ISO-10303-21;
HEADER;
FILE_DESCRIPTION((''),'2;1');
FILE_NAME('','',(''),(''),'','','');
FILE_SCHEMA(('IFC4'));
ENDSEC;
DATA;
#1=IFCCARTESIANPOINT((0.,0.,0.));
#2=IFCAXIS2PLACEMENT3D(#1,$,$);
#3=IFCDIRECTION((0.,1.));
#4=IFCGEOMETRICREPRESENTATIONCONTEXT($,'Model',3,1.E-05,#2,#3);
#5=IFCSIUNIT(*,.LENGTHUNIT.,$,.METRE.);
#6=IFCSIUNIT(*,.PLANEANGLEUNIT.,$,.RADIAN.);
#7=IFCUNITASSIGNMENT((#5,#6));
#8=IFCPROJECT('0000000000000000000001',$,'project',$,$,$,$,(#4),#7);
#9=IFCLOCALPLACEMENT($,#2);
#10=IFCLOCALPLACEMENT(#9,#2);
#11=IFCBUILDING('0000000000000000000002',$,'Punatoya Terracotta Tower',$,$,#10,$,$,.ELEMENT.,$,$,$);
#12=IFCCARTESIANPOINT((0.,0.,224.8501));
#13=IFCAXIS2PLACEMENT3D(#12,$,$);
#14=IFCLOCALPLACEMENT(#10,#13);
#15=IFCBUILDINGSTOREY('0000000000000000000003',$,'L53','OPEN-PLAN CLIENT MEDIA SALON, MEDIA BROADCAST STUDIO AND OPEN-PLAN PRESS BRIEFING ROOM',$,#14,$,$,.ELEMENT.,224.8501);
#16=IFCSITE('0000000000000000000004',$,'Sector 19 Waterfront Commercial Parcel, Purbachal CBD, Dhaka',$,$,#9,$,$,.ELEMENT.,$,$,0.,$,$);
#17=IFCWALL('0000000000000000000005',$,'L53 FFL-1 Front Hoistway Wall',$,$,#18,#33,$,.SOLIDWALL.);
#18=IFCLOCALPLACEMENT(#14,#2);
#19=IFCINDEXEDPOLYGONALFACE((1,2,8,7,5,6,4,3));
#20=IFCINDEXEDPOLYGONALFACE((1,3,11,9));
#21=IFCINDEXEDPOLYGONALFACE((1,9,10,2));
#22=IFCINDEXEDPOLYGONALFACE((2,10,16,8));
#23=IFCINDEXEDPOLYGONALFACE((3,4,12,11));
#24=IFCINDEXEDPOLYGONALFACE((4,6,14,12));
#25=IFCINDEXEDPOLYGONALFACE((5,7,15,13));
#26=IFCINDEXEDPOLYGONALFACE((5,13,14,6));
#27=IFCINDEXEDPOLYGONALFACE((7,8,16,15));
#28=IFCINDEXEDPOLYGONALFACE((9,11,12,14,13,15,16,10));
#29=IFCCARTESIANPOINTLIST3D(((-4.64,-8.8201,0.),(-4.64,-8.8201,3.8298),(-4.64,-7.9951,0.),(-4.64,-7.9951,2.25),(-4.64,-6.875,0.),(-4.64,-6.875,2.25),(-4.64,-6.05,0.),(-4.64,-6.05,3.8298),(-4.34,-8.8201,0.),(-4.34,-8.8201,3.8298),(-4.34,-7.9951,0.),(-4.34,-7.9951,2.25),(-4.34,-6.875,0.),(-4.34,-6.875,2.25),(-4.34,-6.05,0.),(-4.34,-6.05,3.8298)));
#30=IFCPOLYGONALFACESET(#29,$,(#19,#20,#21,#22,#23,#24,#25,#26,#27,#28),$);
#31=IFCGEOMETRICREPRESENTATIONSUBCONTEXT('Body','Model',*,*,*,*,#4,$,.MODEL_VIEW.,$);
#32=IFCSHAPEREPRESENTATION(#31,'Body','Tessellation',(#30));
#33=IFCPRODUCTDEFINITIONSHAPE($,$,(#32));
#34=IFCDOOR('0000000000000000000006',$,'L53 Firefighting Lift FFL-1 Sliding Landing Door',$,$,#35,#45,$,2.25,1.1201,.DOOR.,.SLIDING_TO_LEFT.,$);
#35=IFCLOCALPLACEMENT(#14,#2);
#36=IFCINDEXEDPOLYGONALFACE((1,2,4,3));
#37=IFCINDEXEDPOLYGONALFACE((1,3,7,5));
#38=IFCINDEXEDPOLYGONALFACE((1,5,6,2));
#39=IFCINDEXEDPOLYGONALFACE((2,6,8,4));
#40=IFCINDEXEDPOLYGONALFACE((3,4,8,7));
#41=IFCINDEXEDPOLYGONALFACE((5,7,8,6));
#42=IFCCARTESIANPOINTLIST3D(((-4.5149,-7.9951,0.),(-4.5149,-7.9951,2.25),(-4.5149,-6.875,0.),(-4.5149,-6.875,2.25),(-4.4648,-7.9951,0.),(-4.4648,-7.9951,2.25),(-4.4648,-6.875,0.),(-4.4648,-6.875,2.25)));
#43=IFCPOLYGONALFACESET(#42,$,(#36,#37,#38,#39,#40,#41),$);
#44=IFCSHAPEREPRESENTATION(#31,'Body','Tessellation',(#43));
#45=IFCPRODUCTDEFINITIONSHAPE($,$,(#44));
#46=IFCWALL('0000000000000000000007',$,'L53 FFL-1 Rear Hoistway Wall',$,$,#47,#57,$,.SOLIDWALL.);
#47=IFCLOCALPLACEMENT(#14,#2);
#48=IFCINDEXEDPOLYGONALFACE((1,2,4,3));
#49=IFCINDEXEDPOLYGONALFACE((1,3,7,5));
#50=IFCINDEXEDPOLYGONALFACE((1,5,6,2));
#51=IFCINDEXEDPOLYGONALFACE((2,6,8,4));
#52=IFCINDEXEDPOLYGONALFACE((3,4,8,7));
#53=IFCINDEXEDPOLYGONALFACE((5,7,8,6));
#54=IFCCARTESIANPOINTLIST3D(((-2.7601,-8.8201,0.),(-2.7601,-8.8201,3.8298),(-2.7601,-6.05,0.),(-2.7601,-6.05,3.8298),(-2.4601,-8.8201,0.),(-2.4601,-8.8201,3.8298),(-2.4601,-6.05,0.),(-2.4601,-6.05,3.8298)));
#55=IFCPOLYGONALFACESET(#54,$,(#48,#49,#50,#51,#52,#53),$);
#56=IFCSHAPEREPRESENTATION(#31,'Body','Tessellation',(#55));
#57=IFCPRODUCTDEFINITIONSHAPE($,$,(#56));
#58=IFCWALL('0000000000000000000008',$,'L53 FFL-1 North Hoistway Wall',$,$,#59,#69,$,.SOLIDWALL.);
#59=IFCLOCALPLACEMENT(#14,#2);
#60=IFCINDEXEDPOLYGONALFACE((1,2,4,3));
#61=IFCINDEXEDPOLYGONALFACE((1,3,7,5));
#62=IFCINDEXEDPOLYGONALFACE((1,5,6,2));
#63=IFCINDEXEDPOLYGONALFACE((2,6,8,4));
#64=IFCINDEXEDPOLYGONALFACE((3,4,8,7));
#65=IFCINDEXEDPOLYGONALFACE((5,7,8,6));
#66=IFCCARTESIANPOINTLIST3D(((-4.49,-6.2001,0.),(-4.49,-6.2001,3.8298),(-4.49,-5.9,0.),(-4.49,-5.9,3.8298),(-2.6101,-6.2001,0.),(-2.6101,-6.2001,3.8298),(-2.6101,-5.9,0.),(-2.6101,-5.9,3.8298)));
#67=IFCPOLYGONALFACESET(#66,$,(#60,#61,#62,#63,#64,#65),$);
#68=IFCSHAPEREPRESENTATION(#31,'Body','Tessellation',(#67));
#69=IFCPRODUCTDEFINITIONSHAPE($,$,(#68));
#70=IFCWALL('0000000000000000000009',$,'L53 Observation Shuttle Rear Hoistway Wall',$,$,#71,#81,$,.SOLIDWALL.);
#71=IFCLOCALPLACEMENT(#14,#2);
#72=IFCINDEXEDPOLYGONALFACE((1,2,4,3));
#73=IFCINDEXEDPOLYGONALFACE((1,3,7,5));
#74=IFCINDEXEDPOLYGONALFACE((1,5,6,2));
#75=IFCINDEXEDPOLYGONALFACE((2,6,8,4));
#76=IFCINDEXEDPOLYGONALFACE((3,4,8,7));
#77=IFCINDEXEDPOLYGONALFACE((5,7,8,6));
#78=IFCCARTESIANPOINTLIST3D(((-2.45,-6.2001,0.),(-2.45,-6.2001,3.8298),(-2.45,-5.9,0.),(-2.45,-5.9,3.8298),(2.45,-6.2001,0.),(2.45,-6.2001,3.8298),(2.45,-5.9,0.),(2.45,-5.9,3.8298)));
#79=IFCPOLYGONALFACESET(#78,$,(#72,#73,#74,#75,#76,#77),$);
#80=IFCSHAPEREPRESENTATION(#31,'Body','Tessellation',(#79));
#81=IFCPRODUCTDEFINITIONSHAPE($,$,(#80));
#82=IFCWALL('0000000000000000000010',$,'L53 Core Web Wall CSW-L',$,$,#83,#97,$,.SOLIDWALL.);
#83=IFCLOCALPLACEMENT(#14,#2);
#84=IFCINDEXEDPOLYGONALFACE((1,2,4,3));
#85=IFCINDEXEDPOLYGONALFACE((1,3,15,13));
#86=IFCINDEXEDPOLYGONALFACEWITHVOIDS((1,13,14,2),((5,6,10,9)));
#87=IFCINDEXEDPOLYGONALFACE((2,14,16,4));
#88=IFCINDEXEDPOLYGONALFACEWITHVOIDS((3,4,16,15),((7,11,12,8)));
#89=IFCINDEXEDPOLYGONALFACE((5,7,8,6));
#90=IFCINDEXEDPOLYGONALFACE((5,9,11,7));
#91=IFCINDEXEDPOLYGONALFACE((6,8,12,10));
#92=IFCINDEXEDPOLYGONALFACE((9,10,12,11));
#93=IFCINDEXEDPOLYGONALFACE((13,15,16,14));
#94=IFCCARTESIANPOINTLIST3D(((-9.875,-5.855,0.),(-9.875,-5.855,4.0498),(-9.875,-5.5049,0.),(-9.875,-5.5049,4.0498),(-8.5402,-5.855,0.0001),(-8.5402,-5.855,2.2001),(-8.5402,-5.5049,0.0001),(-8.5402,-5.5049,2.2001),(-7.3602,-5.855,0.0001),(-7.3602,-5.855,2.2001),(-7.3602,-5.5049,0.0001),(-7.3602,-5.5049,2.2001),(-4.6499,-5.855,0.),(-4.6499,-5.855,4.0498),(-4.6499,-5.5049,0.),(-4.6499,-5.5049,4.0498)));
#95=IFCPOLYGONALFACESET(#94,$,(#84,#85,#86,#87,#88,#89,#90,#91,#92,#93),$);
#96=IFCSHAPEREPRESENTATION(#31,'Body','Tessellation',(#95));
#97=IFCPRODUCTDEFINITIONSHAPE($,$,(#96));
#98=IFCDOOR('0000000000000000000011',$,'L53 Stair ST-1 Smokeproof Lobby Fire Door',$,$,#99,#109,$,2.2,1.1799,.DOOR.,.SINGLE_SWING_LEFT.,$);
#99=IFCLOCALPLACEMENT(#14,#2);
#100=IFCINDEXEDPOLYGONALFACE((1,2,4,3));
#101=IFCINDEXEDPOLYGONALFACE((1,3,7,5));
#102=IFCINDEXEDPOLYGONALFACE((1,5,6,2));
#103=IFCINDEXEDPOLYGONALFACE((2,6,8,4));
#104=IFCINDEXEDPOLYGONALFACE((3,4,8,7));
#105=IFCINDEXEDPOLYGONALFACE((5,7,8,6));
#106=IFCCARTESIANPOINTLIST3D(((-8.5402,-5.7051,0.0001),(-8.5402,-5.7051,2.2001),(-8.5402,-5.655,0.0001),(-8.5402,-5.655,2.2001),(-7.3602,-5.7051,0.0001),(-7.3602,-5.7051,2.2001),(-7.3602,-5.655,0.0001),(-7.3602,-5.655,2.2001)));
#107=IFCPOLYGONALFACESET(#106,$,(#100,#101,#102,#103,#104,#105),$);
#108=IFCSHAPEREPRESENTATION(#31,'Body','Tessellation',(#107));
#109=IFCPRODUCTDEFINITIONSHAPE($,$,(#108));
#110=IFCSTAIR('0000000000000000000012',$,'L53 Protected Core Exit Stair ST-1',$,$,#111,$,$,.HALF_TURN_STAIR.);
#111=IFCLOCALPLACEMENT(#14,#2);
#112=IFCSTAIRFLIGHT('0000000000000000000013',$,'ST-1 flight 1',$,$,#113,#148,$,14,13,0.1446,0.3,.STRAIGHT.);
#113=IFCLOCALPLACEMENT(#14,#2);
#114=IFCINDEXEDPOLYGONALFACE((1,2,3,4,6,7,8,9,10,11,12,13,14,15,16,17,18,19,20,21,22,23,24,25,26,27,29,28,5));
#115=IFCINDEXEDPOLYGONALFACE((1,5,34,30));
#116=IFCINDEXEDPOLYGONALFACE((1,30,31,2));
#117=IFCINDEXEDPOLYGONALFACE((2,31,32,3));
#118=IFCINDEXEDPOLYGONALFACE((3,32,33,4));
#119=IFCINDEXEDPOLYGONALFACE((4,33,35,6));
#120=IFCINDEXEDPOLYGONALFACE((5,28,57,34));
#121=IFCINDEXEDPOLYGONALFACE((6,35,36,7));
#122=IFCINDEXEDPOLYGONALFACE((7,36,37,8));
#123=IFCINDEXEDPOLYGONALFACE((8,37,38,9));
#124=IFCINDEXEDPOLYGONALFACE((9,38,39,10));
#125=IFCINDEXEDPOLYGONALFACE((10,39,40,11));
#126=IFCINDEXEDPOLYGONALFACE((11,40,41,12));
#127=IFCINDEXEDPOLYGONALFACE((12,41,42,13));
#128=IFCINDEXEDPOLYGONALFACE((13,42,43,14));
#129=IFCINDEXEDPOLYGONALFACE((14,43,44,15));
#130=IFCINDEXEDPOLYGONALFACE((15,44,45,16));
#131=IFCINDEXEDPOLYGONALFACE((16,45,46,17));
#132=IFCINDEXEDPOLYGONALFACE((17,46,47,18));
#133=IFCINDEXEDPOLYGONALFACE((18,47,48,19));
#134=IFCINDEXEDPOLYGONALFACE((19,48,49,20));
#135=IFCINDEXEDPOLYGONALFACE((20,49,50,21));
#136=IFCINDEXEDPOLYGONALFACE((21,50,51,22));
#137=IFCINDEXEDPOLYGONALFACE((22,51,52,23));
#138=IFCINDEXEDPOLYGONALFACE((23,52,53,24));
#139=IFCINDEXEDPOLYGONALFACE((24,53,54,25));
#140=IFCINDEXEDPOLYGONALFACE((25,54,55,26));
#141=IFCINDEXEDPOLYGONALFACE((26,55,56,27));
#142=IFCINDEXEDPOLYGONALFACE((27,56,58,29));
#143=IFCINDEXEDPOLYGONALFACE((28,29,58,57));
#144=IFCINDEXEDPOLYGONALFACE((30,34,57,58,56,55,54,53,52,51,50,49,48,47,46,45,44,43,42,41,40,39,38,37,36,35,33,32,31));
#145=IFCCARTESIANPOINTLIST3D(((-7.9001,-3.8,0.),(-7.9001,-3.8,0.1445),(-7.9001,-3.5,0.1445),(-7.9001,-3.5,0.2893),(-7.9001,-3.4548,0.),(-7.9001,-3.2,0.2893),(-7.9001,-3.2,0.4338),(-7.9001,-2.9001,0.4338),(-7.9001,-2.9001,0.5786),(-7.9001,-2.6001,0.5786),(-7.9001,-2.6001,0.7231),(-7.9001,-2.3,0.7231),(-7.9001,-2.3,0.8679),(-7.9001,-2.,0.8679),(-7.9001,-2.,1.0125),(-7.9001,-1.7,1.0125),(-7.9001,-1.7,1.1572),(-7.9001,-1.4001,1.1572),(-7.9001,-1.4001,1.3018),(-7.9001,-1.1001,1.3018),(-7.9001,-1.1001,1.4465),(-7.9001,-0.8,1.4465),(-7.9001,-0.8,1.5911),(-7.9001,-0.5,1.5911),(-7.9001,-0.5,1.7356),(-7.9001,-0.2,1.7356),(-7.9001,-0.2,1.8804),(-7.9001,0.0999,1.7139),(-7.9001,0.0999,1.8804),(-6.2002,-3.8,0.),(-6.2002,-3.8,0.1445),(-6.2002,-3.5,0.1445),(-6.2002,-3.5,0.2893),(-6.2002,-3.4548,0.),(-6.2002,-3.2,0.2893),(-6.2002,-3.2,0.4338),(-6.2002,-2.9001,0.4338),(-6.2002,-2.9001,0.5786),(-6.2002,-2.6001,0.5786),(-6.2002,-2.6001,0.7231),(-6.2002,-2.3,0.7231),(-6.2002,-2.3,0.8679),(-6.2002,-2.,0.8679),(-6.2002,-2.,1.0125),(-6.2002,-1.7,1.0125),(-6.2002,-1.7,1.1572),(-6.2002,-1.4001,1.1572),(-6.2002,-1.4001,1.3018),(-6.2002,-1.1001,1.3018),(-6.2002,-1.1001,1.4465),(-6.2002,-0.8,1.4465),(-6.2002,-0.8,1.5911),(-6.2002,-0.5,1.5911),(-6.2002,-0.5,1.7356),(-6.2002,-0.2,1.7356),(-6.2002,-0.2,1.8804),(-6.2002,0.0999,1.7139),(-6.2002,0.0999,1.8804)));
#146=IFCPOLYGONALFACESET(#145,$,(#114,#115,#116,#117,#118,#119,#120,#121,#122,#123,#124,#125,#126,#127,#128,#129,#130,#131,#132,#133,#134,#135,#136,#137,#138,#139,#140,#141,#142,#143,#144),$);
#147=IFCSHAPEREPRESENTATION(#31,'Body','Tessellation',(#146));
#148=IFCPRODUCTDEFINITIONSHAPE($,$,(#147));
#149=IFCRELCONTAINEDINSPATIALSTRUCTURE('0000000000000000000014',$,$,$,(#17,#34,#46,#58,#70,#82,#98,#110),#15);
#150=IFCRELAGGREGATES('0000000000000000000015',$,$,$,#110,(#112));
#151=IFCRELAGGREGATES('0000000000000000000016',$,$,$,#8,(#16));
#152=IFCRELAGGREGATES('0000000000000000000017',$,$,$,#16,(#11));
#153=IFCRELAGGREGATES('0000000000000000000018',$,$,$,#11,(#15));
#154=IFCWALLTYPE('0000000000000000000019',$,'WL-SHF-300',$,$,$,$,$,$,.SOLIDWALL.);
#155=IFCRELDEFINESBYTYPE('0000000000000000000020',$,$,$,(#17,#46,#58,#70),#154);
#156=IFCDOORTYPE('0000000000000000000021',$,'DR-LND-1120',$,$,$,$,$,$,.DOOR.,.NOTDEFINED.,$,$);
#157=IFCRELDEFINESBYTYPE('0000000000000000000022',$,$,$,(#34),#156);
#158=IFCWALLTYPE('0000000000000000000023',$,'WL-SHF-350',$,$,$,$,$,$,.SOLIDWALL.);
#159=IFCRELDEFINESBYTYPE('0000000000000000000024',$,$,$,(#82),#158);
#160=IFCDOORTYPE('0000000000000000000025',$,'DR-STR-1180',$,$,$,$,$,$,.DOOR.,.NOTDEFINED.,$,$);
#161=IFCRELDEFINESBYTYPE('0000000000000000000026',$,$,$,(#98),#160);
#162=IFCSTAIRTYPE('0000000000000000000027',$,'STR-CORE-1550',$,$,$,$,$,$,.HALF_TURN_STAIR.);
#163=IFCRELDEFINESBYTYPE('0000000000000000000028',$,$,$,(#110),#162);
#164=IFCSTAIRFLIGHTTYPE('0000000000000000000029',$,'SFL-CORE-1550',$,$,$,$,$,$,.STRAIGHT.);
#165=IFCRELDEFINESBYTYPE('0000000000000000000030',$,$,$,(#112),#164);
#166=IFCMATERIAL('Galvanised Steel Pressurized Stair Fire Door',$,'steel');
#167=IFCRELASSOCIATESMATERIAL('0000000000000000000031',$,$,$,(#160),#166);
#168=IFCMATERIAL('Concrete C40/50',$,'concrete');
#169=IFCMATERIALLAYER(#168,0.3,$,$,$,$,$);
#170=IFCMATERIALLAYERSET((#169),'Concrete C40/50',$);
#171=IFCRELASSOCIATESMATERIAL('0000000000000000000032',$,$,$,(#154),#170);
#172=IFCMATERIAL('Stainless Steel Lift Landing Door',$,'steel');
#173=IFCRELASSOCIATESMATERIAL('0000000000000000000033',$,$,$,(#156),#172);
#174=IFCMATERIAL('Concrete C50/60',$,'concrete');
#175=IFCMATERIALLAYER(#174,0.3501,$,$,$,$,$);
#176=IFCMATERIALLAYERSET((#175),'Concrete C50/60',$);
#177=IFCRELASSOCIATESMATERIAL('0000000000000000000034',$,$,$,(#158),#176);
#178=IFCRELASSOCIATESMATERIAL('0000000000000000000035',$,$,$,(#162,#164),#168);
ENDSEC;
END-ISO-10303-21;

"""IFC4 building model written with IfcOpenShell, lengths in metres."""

from ifc_helpers import new_model, si_unit, direction, frame, frame_2d, origin, place, context, subcontext, project, spatial, polyline, rectangle, outline, extrude, material, layer, layer_set, type_object, element, fill, aggregate, save


model = new_model("IFC4")

# Units and contexts
model_context = context("Model", 3, precision=1e-05, world=origin(), true_north=direction((0.0, 1.0)))
body_context = subcontext(model_context, "Body", "Model", "MODEL_VIEW")
ifc_project = project(units=[si_unit("LENGTHUNIT", "METRE"), si_unit("PLANEANGLEUNIT", "RADIAN")], contexts=[model_context])

# Site, building, storey
site_placement = place(None, origin())
site = spatial("IfcSite", under=ifc_project, at=site_placement, Name="Sector 19 Waterfront Commercial Parcel, Purbachal CBD, Dhaka", CompositionType="ELEMENT", RefElevation=0.0)
building_placement = place(site_placement, origin())
building = spatial("IfcBuilding", under=site, at=building_placement, Name="Punatoya Terracotta Tower", CompositionType="ELEMENT")
storey_placement = place(building_placement, frame((0.0, 0.0, 224.8501)))
storey = spatial("IfcBuildingStorey", under=building, at=storey_placement, Name="L53", Description="OPEN-PLAN CLIENT MEDIA SALON, MEDIA BROADCAST STUDIO AND OPEN-PLAN PRESS BRIEFING ROOM", CompositionType="ELEMENT", Elevation=224.8501)

# Shared definitions
ifc_material_1 = material(Name="Galvanised Steel Pressurized Stair Fire Door", Category="steel")
door_type_1 = type_object("IfcDoorType", Name="DR-STR-1180", OperationType="NOTDEFINED", PredefinedType="DOOR", material=ifc_material_1)

# Shared definitions
ifc_material_2 = material(Name="Concrete C40/50", Category="concrete")
ifc_layer_1 = layer(ifc_material_2, 0.3)
ifc_layer_set_1 = layer_set([ifc_layer_1], Name="Concrete C40/50")
wall_type_1 = type_object("IfcWallType", Name="WL-SHF-300", PredefinedType="SOLIDWALL", material=ifc_layer_set_1)

# Wall, opening, door
wall_1_placement = place(storey_placement, frame((-4.49, -8.8201, 0.0), z_axis=(0.0, 0.0, 1.0), x_axis=(0.0, 1.0, 0.0)))
wall_1 = element("IfcWall", 1, at=wall_1_placement, inside=storey, type_object=wall_type_1, Name="L53 FFL-1 Front Hoistway Wall", PredefinedType="SOLIDWALL", context=body_context, shape_type="SweptSolid", body=[
    extrude(rectangle(XDim=2.77, YDim=0.3, at=frame_2d((1.385, 0.0))), origin(), (0.0, 0.0, 1.0), 3.8298),
])
opening_1_placement = place(wall_1_placement, frame((0.825, 0.0, 0.0)))
opening_1 = element("IfcOpeningElement", 2, at=opening_1_placement, cuts=wall_1, PredefinedType="OPENING", context=body_context, shape_type="SweptSolid", body=[
    extrude(rectangle(XDim=1.1201, YDim=2.25, at=frame_2d((0.5601, 1.125))), frame((0.0, 0.1599, 0.0), z_axis=(0.0, -1.0, 0.0), x_axis=(1.0, 0.0, 0.0)), (0.0, 0.0, 1.0), 0.3201),
])
ifc_material_3 = material(Name="Stainless Steel Lift Landing Door", Category="steel")
door_type_2 = type_object("IfcDoorType", Name="DR-LND-1120", OperationType="NOTDEFINED", PredefinedType="DOOR", material=ifc_material_3)
door_1_placement = place(opening_1_placement, origin())
door_1 = element("IfcDoor", 3, at=door_1_placement, inside=storey, type_object=door_type_2, Name="L53 Firefighting Lift FFL-1 Sliding Landing Door", OperationType="SLIDING_TO_LEFT", OverallHeight=2.25, OverallWidth=1.1201, PredefinedType="DOOR", context=body_context, shape_type="SweptSolid", body=[
    extrude(rectangle(XDim=1.1201, YDim=2.25, at=frame_2d((0.5601, 1.125))), frame((0.0, 0.0249, 0.0), z_axis=(0.0, -1.0, 0.0), x_axis=(1.0, 0.0, 0.0)), (0.0, 0.0, 1.0), 0.05),
])
fill(opening_1, door_1)

# Walls
wall_2_placement = place(storey_placement, frame((-2.6101, -8.8201, 0.0), z_axis=(0.0, 0.0, 1.0), x_axis=(0.0, 1.0, 0.0)))
element("IfcWall", 4, at=wall_2_placement, inside=storey, type_object=wall_type_1, Name="L53 FFL-1 Rear Hoistway Wall", PredefinedType="SOLIDWALL", context=body_context, shape_type="SweptSolid", body=[
    extrude(rectangle(XDim=2.77, YDim=0.3, at=frame_2d((1.385, 0.0))), origin(), (0.0, 0.0, 1.0), 3.8298),
])
wall_3_placement = place(storey_placement, frame((-4.49, -6.05, 0.0), z_axis=(0.0, 0.0, 1.0), x_axis=(1.0, 0.0, 0.0)))
element("IfcWall", 5, at=wall_3_placement, inside=storey, type_object=wall_type_1, Name="L53 FFL-1 North Hoistway Wall", PredefinedType="SOLIDWALL", context=body_context, shape_type="SweptSolid", body=[
    extrude(rectangle(XDim=1.8799, YDim=0.3, at=frame_2d((0.9399, 0.0))), origin(), (0.0, 0.0, 1.0), 3.8298),
])
wall_4_placement = place(storey_placement, frame((-2.45, -6.05, 0.0), z_axis=(0.0, 0.0, 1.0), x_axis=(1.0, 0.0, 0.0)))
element("IfcWall", 6, at=wall_4_placement, inside=storey, type_object=wall_type_1, Name="L53 Observation Shuttle Rear Hoistway Wall", PredefinedType="SOLIDWALL", context=body_context, shape_type="SweptSolid", body=[
    extrude(rectangle(XDim=4.8999, YDim=0.3, at=frame_2d((2.45, 0.0))), origin(), (0.0, 0.0, 1.0), 3.8298),
])

# Wall, opening, door
ifc_material_4 = material(Name="Concrete C50/60", Category="concrete")
ifc_layer_2 = layer(ifc_material_4, 0.3501)
ifc_layer_set_2 = layer_set([ifc_layer_2], Name="Concrete C50/60")
wall_type_2 = type_object("IfcWallType", Name="WL-SHF-350", PredefinedType="SOLIDWALL", material=ifc_layer_set_2)
wall_5_placement = place(storey_placement, frame((-9.875, -5.6799, 0.0), z_axis=(0.0, 0.0, 1.0), x_axis=(1.0, 0.0, 0.0)))
wall_5 = element("IfcWall", 7, at=wall_5_placement, inside=storey, type_object=wall_type_2, Name="L53 Core Web Wall CSW-L", PredefinedType="SOLIDWALL", context=body_context, shape_type="SweptSolid", body=[
    extrude(rectangle(XDim=5.2251, YDim=0.3501, at=frame_2d((2.6125, 0.0))), origin(), (0.0, 0.0, 1.0), 4.0498),
])
opening_2_placement = place(wall_5_placement, frame((1.335, 0.0, 0.0)))
opening_2 = element("IfcOpeningElement", 8, at=opening_2_placement, cuts=wall_5, PredefinedType="OPENING", context=body_context, shape_type="SweptSolid", body=[
    extrude(rectangle(XDim=1.1799, YDim=2.2, at=frame_2d((0.5898, 1.1001))), frame((0.0, 0.1851, 0.0), z_axis=(0.0, -1.0, 0.0), x_axis=(1.0, 0.0, 0.0)), (0.0, 0.0, 1.0), 0.3701),
])
door_2_placement = place(opening_2_placement, origin())
door_2 = element("IfcDoor", 9, at=door_2_placement, inside=storey, type_object=door_type_1, Name="L53 Stair ST-1 Smokeproof Lobby Fire Door", OperationType="SINGLE_SWING_LEFT", OverallHeight=2.2, OverallWidth=1.1799, PredefinedType="DOOR", context=body_context, shape_type="SweptSolid", body=[
    extrude(rectangle(XDim=1.1799, YDim=2.2, at=frame_2d((0.5898, 1.1001))), frame((0.0, 0.0249, 0.0), z_axis=(0.0, -1.0, 0.0), x_axis=(1.0, 0.0, 0.0)), (0.0, 0.0, 1.0), 0.05),
])
fill(opening_2, door_2)

# Stair, stair flight
stair_type = type_object("IfcStairType", Name="STR-CORE-1550", PredefinedType="HALF_TURN_STAIR", material=ifc_material_2)
stair_placement = place(storey_placement, origin())
stair = element("IfcStair", 10, at=stair_placement, inside=storey, type_object=stair_type, Name="L53 Protected Core Exit Stair ST-1", PredefinedType="HALF_TURN_STAIR")
stair_flight_type = type_object("IfcStairFlightType", Name="SFL-CORE-1550", PredefinedType="STRAIGHT", material=ifc_material_2)
stair_flight_placement = place(storey_placement, frame((-7.05, -3.8, 0.0), z_axis=(0.0, 0.0, 1.0), x_axis=(0.0, 1.0, 0.0)))
stair_flight = element("IfcStairFlight", 11, at=stair_flight_placement, type_object=stair_flight_type, Name="ST-1 flight 1", NumberOfRisers=14, NumberOfTreads=13, PredefinedType="STRAIGHT", RiserHeight=0.1446, TreadLength=0.3, context=body_context, shape_type="SweptSolid", body=[
    extrude(outline(polyline([(0.0, 0.0), (0.0, 0.1445), (0.3, 0.1445), (0.3, 0.2893), (0.6001, 0.2893), (0.6001, 0.4338), (0.8999, 0.4338), (0.8999, 0.5786), (1.2, 0.5786), (1.2, 0.7231), (1.5, 0.7231), (1.5, 0.8679), (1.8, 0.8679), (1.8, 1.0125), (2.1001, 1.0125), (2.1001, 1.1572), (2.3999, 1.1572), (2.3999, 1.3018), (2.7, 1.3018), (2.7, 1.4465), (3.0, 1.4465), (3.0, 1.5911), (3.3, 1.5911), (3.3, 1.7356), (3.6001, 1.7356), (3.6001, 1.8804), (3.8999, 1.8804), (3.8999, 2.0249), (3.8999, 1.7139), (0.3452, 0.0), (0.0, 0.0)])), frame((0.0, 0.8501, 0.0), z_axis=(0.0, -1.0, 0.0), x_axis=(1.0, 0.0, 0.0)), (0.0, 0.0, 1.0), 1.7),
])
aggregate(stair, [stair_flight])

save(model, "model.ifc")
